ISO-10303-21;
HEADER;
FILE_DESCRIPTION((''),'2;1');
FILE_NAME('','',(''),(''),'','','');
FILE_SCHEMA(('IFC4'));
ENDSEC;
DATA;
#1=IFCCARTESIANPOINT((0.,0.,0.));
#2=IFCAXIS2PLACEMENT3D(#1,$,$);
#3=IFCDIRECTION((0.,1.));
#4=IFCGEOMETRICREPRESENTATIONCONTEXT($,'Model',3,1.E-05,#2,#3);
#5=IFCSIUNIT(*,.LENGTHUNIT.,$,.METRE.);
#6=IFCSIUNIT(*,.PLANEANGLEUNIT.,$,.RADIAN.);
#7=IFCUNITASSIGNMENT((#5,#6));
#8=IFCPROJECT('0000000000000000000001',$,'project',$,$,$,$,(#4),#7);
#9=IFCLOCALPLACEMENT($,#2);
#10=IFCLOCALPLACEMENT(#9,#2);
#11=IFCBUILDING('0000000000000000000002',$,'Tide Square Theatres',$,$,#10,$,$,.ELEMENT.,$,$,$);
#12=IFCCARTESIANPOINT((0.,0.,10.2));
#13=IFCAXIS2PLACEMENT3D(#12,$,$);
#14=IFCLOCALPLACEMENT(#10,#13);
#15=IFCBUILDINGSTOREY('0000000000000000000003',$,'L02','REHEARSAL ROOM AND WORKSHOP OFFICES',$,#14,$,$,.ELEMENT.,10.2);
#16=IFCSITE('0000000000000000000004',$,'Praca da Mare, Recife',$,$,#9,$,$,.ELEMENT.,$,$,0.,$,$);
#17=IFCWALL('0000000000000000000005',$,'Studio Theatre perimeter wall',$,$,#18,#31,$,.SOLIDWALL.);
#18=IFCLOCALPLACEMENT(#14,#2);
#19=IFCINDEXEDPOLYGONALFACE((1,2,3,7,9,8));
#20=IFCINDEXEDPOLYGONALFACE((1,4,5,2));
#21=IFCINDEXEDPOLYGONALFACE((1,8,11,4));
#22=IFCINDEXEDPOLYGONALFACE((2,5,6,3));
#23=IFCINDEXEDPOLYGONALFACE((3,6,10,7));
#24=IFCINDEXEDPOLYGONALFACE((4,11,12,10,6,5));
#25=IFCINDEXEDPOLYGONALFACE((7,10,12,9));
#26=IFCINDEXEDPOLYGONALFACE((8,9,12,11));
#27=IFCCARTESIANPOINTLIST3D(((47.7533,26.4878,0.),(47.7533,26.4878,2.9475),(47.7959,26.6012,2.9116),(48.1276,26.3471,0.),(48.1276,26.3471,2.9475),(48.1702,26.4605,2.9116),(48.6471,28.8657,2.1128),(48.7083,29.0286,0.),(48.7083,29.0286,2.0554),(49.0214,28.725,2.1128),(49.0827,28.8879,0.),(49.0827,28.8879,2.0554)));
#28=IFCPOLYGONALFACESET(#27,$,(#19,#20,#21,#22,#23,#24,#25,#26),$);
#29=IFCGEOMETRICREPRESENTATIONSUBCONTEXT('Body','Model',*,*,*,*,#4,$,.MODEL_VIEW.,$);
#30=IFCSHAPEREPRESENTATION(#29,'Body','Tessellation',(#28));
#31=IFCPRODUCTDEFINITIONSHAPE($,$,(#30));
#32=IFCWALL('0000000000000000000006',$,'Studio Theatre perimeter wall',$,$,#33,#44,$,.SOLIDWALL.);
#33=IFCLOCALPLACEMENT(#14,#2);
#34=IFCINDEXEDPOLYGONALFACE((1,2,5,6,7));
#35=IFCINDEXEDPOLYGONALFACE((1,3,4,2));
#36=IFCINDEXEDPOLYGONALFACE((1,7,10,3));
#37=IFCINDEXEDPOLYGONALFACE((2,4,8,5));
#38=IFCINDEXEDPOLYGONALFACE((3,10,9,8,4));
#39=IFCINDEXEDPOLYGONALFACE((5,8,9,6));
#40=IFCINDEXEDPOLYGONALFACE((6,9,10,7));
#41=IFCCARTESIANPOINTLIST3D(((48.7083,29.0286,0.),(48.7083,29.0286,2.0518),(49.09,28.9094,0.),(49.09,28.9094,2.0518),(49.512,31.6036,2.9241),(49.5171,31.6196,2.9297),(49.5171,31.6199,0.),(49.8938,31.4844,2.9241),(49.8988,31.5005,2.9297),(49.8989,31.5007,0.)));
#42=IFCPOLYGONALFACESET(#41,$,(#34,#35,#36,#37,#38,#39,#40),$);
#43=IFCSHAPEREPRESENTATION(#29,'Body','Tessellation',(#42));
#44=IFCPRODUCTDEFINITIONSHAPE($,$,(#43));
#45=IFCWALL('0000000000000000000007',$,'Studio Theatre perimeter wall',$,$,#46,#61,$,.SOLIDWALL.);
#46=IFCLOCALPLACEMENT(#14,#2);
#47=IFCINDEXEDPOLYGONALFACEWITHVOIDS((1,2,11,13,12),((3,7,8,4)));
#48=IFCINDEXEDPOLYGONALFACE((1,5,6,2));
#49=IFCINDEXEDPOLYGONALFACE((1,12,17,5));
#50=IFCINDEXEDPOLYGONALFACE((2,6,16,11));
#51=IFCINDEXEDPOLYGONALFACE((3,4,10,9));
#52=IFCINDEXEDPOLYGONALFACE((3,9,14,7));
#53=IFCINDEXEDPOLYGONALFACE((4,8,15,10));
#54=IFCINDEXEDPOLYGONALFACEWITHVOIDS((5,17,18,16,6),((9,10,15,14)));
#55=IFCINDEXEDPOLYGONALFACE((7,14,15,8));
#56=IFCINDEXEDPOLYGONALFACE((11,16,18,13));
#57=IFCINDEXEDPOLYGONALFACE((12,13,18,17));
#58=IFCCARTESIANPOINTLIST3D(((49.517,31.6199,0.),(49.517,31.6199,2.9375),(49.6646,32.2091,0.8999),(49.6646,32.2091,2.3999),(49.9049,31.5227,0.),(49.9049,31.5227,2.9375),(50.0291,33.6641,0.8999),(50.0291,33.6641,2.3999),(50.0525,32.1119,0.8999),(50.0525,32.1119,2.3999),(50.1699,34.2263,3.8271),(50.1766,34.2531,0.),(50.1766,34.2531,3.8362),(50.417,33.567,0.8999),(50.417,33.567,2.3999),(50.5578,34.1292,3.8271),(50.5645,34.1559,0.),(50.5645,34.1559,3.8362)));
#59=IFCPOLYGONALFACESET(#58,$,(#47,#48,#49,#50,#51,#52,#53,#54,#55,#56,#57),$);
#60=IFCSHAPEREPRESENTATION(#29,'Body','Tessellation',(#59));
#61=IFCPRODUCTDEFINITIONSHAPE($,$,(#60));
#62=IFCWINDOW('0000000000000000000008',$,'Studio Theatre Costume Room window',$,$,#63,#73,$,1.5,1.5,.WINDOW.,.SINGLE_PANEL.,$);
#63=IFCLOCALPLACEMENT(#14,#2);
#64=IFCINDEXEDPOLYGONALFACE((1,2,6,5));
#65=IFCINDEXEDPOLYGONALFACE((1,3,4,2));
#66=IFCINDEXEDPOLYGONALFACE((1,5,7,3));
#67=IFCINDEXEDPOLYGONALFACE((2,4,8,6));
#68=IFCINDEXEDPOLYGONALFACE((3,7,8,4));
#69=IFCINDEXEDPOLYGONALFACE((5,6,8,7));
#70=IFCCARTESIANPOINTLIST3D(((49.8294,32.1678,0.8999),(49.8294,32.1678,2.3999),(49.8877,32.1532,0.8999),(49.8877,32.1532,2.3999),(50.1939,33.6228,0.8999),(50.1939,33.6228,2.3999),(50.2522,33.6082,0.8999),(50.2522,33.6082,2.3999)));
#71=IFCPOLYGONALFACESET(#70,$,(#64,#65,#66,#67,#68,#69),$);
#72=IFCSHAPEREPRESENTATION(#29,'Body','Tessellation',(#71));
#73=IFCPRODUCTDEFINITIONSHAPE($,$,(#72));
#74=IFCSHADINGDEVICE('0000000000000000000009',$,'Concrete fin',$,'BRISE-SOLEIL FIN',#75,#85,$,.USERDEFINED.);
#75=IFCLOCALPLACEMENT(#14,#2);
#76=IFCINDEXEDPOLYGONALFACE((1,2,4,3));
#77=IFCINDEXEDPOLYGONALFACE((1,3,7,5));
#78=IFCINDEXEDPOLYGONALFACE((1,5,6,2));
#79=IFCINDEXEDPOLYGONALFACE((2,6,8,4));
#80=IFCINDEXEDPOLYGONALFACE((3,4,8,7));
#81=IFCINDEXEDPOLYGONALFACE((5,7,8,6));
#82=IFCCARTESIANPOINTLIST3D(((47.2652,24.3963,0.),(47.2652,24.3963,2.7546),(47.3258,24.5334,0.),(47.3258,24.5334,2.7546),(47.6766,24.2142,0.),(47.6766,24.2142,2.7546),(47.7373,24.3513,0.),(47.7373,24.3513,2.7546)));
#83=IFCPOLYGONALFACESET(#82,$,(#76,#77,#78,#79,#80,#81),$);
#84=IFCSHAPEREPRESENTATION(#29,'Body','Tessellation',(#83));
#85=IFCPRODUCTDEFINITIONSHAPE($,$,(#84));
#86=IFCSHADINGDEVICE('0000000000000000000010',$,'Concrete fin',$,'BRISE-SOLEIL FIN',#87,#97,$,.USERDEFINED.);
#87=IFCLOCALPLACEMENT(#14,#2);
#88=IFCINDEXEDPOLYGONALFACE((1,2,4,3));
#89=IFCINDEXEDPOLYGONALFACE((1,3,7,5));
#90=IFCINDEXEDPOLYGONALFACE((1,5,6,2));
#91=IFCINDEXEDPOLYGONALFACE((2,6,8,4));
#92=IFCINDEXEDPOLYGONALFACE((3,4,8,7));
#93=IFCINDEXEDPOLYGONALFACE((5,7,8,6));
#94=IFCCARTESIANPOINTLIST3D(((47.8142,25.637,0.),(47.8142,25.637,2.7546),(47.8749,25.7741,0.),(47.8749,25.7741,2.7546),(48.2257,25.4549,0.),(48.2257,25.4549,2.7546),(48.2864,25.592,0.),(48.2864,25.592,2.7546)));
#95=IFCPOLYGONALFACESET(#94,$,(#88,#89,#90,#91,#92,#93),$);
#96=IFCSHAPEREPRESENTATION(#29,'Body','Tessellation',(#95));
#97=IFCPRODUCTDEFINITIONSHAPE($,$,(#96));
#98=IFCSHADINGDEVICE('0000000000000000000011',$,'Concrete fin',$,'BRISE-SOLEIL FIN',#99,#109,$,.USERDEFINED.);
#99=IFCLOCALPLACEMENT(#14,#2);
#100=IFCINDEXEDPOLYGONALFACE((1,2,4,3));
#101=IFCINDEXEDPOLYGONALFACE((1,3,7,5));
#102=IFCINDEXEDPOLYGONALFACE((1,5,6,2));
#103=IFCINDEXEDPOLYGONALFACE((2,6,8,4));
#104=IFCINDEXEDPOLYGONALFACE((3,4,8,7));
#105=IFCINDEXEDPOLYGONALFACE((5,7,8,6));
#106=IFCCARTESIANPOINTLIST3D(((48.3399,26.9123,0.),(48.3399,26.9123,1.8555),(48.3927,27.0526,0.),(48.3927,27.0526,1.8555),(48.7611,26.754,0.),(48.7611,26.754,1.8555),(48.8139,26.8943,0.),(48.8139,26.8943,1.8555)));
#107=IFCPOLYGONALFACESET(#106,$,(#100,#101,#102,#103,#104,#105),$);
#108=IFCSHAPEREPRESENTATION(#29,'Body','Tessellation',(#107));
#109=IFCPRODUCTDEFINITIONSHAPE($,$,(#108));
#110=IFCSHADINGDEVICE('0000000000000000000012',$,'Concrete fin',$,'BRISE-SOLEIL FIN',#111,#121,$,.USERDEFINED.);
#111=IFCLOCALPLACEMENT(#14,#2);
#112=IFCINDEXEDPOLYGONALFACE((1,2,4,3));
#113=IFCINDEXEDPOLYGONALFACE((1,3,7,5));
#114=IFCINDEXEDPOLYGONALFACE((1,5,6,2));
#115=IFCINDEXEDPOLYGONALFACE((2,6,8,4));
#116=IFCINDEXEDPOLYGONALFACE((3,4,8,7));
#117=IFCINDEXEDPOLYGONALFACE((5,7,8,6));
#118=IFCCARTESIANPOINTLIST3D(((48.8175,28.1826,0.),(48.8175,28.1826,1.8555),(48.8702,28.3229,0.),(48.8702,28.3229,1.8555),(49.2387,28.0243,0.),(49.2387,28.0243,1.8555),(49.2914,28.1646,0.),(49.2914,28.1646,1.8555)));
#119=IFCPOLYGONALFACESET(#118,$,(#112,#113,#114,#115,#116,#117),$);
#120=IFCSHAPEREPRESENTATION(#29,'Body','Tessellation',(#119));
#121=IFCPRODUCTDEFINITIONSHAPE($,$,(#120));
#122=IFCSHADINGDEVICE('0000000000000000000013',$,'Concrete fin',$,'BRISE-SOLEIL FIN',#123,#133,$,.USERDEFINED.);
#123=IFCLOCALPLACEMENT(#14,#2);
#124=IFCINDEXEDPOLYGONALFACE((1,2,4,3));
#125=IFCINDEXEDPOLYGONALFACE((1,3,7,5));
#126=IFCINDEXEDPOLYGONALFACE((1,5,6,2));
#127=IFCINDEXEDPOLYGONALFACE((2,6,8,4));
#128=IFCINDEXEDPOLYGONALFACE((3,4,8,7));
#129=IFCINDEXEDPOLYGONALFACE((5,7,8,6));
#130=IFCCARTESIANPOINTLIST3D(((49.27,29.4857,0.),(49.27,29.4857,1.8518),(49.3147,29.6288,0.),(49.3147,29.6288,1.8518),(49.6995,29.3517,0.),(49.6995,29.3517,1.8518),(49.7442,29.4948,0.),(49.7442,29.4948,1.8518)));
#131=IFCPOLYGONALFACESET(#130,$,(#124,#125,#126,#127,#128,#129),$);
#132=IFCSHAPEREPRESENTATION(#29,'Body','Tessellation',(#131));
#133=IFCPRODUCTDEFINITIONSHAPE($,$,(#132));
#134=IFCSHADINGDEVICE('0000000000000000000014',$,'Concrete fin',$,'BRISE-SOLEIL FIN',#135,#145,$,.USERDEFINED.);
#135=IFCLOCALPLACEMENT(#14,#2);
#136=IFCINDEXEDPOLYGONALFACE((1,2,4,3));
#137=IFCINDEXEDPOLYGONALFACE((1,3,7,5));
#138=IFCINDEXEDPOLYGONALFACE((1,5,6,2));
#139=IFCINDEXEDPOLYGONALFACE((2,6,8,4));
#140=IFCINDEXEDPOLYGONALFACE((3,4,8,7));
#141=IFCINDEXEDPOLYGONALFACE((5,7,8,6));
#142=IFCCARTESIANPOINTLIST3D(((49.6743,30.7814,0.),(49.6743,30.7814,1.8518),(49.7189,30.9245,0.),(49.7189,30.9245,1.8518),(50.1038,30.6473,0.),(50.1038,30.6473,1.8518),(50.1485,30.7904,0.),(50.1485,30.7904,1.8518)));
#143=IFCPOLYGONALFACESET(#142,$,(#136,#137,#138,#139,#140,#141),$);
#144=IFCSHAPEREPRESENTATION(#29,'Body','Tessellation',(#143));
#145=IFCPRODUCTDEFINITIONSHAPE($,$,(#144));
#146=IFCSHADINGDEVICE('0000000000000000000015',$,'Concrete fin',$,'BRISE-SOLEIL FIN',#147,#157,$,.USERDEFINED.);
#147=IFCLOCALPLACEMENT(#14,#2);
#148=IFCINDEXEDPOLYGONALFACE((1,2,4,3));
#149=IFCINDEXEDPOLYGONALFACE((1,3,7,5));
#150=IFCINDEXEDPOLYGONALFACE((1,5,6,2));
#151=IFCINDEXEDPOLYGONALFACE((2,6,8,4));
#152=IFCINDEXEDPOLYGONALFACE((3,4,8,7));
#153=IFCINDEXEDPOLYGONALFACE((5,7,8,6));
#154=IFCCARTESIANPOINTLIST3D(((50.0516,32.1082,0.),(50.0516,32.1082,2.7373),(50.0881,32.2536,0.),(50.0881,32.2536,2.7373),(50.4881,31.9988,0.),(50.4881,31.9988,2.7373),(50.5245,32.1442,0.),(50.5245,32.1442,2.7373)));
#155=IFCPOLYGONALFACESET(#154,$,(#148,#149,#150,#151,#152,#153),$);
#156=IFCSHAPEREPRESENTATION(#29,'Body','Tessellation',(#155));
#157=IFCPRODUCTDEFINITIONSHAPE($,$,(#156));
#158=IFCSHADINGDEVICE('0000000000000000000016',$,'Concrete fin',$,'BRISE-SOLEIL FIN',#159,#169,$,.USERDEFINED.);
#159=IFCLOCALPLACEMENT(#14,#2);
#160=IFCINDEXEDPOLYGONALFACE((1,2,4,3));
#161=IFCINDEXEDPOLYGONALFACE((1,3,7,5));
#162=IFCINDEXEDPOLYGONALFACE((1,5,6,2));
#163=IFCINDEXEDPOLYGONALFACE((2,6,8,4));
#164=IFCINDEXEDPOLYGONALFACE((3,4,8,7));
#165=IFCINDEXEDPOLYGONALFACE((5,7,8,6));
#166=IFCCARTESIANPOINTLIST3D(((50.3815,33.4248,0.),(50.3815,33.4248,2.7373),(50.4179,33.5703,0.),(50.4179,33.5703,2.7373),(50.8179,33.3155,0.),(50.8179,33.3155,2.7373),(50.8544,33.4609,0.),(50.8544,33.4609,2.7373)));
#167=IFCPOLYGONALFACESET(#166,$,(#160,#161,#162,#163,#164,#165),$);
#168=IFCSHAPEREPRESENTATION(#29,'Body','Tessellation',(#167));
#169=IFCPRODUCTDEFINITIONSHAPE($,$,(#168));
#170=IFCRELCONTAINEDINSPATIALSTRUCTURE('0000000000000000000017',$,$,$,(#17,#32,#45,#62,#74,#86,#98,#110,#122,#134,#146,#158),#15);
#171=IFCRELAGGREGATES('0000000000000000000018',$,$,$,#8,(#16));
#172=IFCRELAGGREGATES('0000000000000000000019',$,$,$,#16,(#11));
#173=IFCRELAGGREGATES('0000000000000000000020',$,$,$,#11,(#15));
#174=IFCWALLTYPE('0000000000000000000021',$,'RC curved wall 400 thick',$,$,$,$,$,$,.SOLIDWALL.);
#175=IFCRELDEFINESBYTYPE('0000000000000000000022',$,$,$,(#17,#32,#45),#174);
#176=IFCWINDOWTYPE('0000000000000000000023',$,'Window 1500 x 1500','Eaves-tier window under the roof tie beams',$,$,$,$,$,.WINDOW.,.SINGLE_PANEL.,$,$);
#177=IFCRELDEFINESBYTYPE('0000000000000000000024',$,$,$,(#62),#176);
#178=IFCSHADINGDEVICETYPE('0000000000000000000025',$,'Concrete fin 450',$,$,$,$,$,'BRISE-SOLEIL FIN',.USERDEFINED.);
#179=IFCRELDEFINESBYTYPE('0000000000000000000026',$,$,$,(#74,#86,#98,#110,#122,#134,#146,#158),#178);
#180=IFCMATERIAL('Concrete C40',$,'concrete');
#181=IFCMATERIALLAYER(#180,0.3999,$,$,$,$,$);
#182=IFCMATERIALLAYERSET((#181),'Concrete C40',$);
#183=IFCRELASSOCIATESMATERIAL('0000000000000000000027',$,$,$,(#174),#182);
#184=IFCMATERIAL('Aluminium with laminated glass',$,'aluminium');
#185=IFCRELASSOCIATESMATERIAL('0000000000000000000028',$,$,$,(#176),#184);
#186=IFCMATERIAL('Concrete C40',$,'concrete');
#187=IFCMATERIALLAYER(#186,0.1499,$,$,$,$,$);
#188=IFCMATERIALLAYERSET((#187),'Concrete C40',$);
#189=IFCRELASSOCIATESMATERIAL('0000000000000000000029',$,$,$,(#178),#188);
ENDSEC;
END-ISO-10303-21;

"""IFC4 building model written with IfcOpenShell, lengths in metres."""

from ifc_helpers import new_model, si_unit, direction, frame, frame_2d, origin, origin_2d, place, context, subcontext, project, spatial, polyline, rectangle, outline, extrude, material, layer, layer_set, type_object, element, fill, save


model = new_model("IFC4")

# Units and contexts
model_context = context("Model", 3, precision=1e-05, world=origin(), true_north=direction((0.0, 1.0)))
body_context = subcontext(model_context, "Body", "Model", "MODEL_VIEW")
ifc_project = project(units=[si_unit("LENGTHUNIT", "METRE"), si_unit("PLANEANGLEUNIT", "RADIAN")], contexts=[model_context])

# Site, building, storey
site_placement = place(None, origin())
site = spatial("IfcSite", under=ifc_project, at=site_placement, Name="Praca da Mare, Recife", CompositionType="ELEMENT", RefElevation=0.0)
building_placement = place(site_placement, origin())
building = spatial("IfcBuilding", under=site, at=building_placement, Name="Tide Square Theatres", CompositionType="ELEMENT")
storey_placement = place(building_placement, frame((0.0, 0.0, 10.2)))
storey = spatial("IfcBuildingStorey", under=building, at=storey_placement, Name="L02", Description="REHEARSAL ROOM AND WORKSHOP OFFICES", CompositionType="ELEMENT", Elevation=10.2)

# Shared definitions
ifc_material_1 = material(Name="Concrete C40", Category="concrete")
ifc_layer_1 = layer(ifc_material_1, 0.3999)
ifc_layer_set_1 = layer_set([ifc_layer_1], Name="Concrete C40")
wall_type = type_object("IfcWallType", Name="RC curved wall 400 thick", PredefinedType="SOLIDWALL", material=ifc_layer_set_1)
ifc_material_2 = material(Name="Aluminium with laminated glass", Category="aluminium")
window_type = type_object("IfcWindowType", Name="Window 1500 x 1500", Description="Eaves-tier window under the roof tie beams", PartitioningType="SINGLE_PANEL", PredefinedType="WINDOW", material=ifc_material_2)

# Walls
wall_1_placement = place(storey_placement, frame((47.9404, 26.4175, 0.0), z_axis=(0.0, 0.0, 1.0), x_axis=(0.351863, 0.936052, 0.0)))
element("IfcWall", 1, at=wall_1_placement, inside=storey, type_object=wall_type, Name="Studio Theatre perimeter wall", PredefinedType="SOLIDWALL", context=body_context, shape_type="SweptSolid", body=[
    extrude(outline(polyline([(0.0, 0.0), (2.7144, 0.0), (2.7144, 2.0554), (2.5403, 2.1128), (0.1211, 2.9116), (0.0, 2.9475), (0.0, 0.0)])), frame((0.0, 0.2, 0.0), z_axis=(0.0, -1.0, 0.0), x_axis=(1.0, 0.0, 0.0)), (0.0, 0.0, 1.0), 0.3999),
])
wall_2_placement = place(storey_placement, frame((48.8992, 28.969, 0.0), z_axis=(0.0, 0.0, 1.0), x_axis=(0.297957, 0.954579, 0.0)))
element("IfcWall", 2, at=wall_2_placement, inside=storey, type_object=wall_type, Name="Studio Theatre perimeter wall", PredefinedType="SOLIDWALL", context=body_context, shape_type="SweptSolid", body=[
    extrude(outline(polyline([(0.0, 0.0), (2.7146, 0.0), (2.7144, 2.9297), (2.6975, 2.9241), (0.0, 2.0518), (0.0, 0.0)])), frame((0.0, 0.2, 0.0), z_axis=(0.0, -1.0, 0.0), x_axis=(1.0, 0.0, 0.0)), (0.0, 0.0, 1.0), 0.3999),
])

# Wall, opening, window
wall_3_placement = place(storey_placement, frame((49.7109, 31.5713, 0.0), z_axis=(0.0, 0.0, 1.0), x_axis=(0.243001, 0.970026, 0.0)))
wall_3 = element("IfcWall", 3, at=wall_3_placement, inside=storey, type_object=wall_type, Name="Studio Theatre perimeter wall", PredefinedType="SOLIDWALL", context=body_context, shape_type="SweptSolid", body=[
    extrude(outline(polyline([(0.0, 0.0), (2.7146, 0.0), (2.7146, 3.8362), (2.687, 3.8271), (2.637, 3.8105), (2.5869, 3.7939), (0.0, 2.9375), (0.0, 0.0)])), frame((0.0, 0.2, 0.0), z_axis=(0.0, -1.0, 0.0), x_axis=(1.0, 0.0, 0.0)), (0.0, 0.0, 1.0), 0.3999),
])
opening_1_placement = place(wall_3_placement, frame((0.6074, 0.0, 0.8999)))
opening_1 = element("IfcOpeningElement", 4, at=opening_1_placement, cuts=wall_3, PredefinedType="OPENING", context=body_context, shape_type="SweptSolid", body=[
    extrude(rectangle(XDim=1.5, YDim=1.5, at=frame_2d((0.75, 0.75))), frame((0.0, 0.21, 0.0), z_axis=(0.0, -1.0, 0.0), x_axis=(1.0, 0.0, 0.0)), (0.0, 0.0, 1.0), 0.4199),
])
window_1_placement = place(opening_1_placement, origin())
window_1 = element("IfcWindow", 5, at=window_1_placement, inside=storey, type_object=window_type, Name="Studio Theatre Costume Room window", OverallHeight=1.5, OverallWidth=1.5, PartitioningType="SINGLE_PANEL", PredefinedType="WINDOW", context=body_context, shape_type="SweptSolid", body=[
    extrude(rectangle(XDim=1.5, YDim=1.5, at=frame_2d((0.75, 0.75))), frame((0.0, 0.03, 0.0), z_axis=(0.0, -1.0, 0.0), x_axis=(1.0, 0.0, 0.0)), (0.0, 0.0, 1.0), 0.0601),
])
fill(opening_1, window_1)

# Shading devices
ifc_material_3 = material(Name="Concrete C40", Category="concrete")
ifc_layer_2 = layer(ifc_material_3, 0.1499)
ifc_layer_set_2 = layer_set([ifc_layer_2], Name="Concrete C40")
shading_device_type = type_object("IfcShadingDeviceType", Name="Concrete fin 450", ElementType="BRISE-SOLEIL FIN", PredefinedType="USERDEFINED", material=ifc_layer_set_2)
for number, where, z_axis, x_axis, name in (
    (6, (47.5012, 24.3738, 0.0), (0.0, 0.0, 1.0), (0.404631, 0.91448, 0.0), "Concrete fin"),
    (7, (48.0503, 25.6145, 0.0), (0.0, 0.0, 1.0), (0.404631, 0.91448, 0.0), "Concrete fin"),
):
    element("IfcShadingDevice", number, at=place(storey_placement, frame(where, z_axis=z_axis, x_axis=x_axis)), inside=storey, type_object=shading_device_type, Name=name, ObjectType="BRISE-SOLEIL FIN", PredefinedType="USERDEFINED", context=body_context, shape_type="SweptSolid", body=[
        extrude(rectangle(XDim=0.1499, YDim=0.45, at=origin_2d()), origin(), (0.0, 0.0, 1.0), 2.7546),
    ])
for number, where, z_axis, x_axis, name in (
    (8, (48.5769, 26.9033, 0.0), (0.0, 0.0, 1.0), (0.351874, 0.936047, 0.0), "Concrete fin"),
    (9, (49.0544, 28.1736, 0.0), (0.0, 0.0, 1.0), (0.351874, 0.936047, 0.0), "Concrete fin"),
):
    element("IfcShadingDevice", number, at=place(storey_placement, frame(where, z_axis=z_axis, x_axis=x_axis)), inside=storey, type_object=shading_device_type, Name=name, ObjectType="BRISE-SOLEIL FIN", PredefinedType="USERDEFINED", context=body_context, shape_type="SweptSolid", body=[
        extrude(rectangle(XDim=0.1499, YDim=0.45, at=origin_2d()), origin(), (0.0, 0.0, 1.0), 1.8555),
    ])
for number, where, z_axis, x_axis, name in (
    (10, (49.5071, 29.4902, 0.0), (0.0, 0.0, 1.0), (0.297925, 0.954589, 0.0), "Concrete fin"),
    (11, (49.9114, 30.7859, 0.0), (0.0, 0.0, 1.0), (0.297925, 0.954589, 0.0), "Concrete fin"),
):
    element("IfcShadingDevice", number, at=place(storey_placement, frame(where, z_axis=z_axis, x_axis=x_axis)), inside=storey, type_object=shading_device_type, Name=name, ObjectType="BRISE-SOLEIL FIN", PredefinedType="USERDEFINED", context=body_context, shape_type="SweptSolid", body=[
        extrude(rectangle(XDim=0.1499, YDim=0.45, at=origin_2d()), origin(), (0.0, 0.0, 1.0), 1.8518),
    ])
for number, where, z_axis, x_axis, name in (
    (12, (50.2881, 32.1262, 0.0), (0.0, 0.0, 1.0), (0.243039, 0.970016, 0.0), "Concrete fin"),
    (13, (50.6179, 33.4429, 0.0), (0.0, 0.0, 1.0), (0.243039, 0.970016, 0.0), "Concrete fin"),
):
    element("IfcShadingDevice", number, at=place(storey_placement, frame(where, z_axis=z_axis, x_axis=x_axis)), inside=storey, type_object=shading_device_type, Name=name, ObjectType="BRISE-SOLEIL FIN", PredefinedType="USERDEFINED", context=body_context, shape_type="SweptSolid", body=[
        extrude(rectangle(XDim=0.1499, YDim=0.45, at=origin_2d()), origin(), (0.0, 0.0, 1.0), 2.7373),
    ])

save(model, "model.ifc")
